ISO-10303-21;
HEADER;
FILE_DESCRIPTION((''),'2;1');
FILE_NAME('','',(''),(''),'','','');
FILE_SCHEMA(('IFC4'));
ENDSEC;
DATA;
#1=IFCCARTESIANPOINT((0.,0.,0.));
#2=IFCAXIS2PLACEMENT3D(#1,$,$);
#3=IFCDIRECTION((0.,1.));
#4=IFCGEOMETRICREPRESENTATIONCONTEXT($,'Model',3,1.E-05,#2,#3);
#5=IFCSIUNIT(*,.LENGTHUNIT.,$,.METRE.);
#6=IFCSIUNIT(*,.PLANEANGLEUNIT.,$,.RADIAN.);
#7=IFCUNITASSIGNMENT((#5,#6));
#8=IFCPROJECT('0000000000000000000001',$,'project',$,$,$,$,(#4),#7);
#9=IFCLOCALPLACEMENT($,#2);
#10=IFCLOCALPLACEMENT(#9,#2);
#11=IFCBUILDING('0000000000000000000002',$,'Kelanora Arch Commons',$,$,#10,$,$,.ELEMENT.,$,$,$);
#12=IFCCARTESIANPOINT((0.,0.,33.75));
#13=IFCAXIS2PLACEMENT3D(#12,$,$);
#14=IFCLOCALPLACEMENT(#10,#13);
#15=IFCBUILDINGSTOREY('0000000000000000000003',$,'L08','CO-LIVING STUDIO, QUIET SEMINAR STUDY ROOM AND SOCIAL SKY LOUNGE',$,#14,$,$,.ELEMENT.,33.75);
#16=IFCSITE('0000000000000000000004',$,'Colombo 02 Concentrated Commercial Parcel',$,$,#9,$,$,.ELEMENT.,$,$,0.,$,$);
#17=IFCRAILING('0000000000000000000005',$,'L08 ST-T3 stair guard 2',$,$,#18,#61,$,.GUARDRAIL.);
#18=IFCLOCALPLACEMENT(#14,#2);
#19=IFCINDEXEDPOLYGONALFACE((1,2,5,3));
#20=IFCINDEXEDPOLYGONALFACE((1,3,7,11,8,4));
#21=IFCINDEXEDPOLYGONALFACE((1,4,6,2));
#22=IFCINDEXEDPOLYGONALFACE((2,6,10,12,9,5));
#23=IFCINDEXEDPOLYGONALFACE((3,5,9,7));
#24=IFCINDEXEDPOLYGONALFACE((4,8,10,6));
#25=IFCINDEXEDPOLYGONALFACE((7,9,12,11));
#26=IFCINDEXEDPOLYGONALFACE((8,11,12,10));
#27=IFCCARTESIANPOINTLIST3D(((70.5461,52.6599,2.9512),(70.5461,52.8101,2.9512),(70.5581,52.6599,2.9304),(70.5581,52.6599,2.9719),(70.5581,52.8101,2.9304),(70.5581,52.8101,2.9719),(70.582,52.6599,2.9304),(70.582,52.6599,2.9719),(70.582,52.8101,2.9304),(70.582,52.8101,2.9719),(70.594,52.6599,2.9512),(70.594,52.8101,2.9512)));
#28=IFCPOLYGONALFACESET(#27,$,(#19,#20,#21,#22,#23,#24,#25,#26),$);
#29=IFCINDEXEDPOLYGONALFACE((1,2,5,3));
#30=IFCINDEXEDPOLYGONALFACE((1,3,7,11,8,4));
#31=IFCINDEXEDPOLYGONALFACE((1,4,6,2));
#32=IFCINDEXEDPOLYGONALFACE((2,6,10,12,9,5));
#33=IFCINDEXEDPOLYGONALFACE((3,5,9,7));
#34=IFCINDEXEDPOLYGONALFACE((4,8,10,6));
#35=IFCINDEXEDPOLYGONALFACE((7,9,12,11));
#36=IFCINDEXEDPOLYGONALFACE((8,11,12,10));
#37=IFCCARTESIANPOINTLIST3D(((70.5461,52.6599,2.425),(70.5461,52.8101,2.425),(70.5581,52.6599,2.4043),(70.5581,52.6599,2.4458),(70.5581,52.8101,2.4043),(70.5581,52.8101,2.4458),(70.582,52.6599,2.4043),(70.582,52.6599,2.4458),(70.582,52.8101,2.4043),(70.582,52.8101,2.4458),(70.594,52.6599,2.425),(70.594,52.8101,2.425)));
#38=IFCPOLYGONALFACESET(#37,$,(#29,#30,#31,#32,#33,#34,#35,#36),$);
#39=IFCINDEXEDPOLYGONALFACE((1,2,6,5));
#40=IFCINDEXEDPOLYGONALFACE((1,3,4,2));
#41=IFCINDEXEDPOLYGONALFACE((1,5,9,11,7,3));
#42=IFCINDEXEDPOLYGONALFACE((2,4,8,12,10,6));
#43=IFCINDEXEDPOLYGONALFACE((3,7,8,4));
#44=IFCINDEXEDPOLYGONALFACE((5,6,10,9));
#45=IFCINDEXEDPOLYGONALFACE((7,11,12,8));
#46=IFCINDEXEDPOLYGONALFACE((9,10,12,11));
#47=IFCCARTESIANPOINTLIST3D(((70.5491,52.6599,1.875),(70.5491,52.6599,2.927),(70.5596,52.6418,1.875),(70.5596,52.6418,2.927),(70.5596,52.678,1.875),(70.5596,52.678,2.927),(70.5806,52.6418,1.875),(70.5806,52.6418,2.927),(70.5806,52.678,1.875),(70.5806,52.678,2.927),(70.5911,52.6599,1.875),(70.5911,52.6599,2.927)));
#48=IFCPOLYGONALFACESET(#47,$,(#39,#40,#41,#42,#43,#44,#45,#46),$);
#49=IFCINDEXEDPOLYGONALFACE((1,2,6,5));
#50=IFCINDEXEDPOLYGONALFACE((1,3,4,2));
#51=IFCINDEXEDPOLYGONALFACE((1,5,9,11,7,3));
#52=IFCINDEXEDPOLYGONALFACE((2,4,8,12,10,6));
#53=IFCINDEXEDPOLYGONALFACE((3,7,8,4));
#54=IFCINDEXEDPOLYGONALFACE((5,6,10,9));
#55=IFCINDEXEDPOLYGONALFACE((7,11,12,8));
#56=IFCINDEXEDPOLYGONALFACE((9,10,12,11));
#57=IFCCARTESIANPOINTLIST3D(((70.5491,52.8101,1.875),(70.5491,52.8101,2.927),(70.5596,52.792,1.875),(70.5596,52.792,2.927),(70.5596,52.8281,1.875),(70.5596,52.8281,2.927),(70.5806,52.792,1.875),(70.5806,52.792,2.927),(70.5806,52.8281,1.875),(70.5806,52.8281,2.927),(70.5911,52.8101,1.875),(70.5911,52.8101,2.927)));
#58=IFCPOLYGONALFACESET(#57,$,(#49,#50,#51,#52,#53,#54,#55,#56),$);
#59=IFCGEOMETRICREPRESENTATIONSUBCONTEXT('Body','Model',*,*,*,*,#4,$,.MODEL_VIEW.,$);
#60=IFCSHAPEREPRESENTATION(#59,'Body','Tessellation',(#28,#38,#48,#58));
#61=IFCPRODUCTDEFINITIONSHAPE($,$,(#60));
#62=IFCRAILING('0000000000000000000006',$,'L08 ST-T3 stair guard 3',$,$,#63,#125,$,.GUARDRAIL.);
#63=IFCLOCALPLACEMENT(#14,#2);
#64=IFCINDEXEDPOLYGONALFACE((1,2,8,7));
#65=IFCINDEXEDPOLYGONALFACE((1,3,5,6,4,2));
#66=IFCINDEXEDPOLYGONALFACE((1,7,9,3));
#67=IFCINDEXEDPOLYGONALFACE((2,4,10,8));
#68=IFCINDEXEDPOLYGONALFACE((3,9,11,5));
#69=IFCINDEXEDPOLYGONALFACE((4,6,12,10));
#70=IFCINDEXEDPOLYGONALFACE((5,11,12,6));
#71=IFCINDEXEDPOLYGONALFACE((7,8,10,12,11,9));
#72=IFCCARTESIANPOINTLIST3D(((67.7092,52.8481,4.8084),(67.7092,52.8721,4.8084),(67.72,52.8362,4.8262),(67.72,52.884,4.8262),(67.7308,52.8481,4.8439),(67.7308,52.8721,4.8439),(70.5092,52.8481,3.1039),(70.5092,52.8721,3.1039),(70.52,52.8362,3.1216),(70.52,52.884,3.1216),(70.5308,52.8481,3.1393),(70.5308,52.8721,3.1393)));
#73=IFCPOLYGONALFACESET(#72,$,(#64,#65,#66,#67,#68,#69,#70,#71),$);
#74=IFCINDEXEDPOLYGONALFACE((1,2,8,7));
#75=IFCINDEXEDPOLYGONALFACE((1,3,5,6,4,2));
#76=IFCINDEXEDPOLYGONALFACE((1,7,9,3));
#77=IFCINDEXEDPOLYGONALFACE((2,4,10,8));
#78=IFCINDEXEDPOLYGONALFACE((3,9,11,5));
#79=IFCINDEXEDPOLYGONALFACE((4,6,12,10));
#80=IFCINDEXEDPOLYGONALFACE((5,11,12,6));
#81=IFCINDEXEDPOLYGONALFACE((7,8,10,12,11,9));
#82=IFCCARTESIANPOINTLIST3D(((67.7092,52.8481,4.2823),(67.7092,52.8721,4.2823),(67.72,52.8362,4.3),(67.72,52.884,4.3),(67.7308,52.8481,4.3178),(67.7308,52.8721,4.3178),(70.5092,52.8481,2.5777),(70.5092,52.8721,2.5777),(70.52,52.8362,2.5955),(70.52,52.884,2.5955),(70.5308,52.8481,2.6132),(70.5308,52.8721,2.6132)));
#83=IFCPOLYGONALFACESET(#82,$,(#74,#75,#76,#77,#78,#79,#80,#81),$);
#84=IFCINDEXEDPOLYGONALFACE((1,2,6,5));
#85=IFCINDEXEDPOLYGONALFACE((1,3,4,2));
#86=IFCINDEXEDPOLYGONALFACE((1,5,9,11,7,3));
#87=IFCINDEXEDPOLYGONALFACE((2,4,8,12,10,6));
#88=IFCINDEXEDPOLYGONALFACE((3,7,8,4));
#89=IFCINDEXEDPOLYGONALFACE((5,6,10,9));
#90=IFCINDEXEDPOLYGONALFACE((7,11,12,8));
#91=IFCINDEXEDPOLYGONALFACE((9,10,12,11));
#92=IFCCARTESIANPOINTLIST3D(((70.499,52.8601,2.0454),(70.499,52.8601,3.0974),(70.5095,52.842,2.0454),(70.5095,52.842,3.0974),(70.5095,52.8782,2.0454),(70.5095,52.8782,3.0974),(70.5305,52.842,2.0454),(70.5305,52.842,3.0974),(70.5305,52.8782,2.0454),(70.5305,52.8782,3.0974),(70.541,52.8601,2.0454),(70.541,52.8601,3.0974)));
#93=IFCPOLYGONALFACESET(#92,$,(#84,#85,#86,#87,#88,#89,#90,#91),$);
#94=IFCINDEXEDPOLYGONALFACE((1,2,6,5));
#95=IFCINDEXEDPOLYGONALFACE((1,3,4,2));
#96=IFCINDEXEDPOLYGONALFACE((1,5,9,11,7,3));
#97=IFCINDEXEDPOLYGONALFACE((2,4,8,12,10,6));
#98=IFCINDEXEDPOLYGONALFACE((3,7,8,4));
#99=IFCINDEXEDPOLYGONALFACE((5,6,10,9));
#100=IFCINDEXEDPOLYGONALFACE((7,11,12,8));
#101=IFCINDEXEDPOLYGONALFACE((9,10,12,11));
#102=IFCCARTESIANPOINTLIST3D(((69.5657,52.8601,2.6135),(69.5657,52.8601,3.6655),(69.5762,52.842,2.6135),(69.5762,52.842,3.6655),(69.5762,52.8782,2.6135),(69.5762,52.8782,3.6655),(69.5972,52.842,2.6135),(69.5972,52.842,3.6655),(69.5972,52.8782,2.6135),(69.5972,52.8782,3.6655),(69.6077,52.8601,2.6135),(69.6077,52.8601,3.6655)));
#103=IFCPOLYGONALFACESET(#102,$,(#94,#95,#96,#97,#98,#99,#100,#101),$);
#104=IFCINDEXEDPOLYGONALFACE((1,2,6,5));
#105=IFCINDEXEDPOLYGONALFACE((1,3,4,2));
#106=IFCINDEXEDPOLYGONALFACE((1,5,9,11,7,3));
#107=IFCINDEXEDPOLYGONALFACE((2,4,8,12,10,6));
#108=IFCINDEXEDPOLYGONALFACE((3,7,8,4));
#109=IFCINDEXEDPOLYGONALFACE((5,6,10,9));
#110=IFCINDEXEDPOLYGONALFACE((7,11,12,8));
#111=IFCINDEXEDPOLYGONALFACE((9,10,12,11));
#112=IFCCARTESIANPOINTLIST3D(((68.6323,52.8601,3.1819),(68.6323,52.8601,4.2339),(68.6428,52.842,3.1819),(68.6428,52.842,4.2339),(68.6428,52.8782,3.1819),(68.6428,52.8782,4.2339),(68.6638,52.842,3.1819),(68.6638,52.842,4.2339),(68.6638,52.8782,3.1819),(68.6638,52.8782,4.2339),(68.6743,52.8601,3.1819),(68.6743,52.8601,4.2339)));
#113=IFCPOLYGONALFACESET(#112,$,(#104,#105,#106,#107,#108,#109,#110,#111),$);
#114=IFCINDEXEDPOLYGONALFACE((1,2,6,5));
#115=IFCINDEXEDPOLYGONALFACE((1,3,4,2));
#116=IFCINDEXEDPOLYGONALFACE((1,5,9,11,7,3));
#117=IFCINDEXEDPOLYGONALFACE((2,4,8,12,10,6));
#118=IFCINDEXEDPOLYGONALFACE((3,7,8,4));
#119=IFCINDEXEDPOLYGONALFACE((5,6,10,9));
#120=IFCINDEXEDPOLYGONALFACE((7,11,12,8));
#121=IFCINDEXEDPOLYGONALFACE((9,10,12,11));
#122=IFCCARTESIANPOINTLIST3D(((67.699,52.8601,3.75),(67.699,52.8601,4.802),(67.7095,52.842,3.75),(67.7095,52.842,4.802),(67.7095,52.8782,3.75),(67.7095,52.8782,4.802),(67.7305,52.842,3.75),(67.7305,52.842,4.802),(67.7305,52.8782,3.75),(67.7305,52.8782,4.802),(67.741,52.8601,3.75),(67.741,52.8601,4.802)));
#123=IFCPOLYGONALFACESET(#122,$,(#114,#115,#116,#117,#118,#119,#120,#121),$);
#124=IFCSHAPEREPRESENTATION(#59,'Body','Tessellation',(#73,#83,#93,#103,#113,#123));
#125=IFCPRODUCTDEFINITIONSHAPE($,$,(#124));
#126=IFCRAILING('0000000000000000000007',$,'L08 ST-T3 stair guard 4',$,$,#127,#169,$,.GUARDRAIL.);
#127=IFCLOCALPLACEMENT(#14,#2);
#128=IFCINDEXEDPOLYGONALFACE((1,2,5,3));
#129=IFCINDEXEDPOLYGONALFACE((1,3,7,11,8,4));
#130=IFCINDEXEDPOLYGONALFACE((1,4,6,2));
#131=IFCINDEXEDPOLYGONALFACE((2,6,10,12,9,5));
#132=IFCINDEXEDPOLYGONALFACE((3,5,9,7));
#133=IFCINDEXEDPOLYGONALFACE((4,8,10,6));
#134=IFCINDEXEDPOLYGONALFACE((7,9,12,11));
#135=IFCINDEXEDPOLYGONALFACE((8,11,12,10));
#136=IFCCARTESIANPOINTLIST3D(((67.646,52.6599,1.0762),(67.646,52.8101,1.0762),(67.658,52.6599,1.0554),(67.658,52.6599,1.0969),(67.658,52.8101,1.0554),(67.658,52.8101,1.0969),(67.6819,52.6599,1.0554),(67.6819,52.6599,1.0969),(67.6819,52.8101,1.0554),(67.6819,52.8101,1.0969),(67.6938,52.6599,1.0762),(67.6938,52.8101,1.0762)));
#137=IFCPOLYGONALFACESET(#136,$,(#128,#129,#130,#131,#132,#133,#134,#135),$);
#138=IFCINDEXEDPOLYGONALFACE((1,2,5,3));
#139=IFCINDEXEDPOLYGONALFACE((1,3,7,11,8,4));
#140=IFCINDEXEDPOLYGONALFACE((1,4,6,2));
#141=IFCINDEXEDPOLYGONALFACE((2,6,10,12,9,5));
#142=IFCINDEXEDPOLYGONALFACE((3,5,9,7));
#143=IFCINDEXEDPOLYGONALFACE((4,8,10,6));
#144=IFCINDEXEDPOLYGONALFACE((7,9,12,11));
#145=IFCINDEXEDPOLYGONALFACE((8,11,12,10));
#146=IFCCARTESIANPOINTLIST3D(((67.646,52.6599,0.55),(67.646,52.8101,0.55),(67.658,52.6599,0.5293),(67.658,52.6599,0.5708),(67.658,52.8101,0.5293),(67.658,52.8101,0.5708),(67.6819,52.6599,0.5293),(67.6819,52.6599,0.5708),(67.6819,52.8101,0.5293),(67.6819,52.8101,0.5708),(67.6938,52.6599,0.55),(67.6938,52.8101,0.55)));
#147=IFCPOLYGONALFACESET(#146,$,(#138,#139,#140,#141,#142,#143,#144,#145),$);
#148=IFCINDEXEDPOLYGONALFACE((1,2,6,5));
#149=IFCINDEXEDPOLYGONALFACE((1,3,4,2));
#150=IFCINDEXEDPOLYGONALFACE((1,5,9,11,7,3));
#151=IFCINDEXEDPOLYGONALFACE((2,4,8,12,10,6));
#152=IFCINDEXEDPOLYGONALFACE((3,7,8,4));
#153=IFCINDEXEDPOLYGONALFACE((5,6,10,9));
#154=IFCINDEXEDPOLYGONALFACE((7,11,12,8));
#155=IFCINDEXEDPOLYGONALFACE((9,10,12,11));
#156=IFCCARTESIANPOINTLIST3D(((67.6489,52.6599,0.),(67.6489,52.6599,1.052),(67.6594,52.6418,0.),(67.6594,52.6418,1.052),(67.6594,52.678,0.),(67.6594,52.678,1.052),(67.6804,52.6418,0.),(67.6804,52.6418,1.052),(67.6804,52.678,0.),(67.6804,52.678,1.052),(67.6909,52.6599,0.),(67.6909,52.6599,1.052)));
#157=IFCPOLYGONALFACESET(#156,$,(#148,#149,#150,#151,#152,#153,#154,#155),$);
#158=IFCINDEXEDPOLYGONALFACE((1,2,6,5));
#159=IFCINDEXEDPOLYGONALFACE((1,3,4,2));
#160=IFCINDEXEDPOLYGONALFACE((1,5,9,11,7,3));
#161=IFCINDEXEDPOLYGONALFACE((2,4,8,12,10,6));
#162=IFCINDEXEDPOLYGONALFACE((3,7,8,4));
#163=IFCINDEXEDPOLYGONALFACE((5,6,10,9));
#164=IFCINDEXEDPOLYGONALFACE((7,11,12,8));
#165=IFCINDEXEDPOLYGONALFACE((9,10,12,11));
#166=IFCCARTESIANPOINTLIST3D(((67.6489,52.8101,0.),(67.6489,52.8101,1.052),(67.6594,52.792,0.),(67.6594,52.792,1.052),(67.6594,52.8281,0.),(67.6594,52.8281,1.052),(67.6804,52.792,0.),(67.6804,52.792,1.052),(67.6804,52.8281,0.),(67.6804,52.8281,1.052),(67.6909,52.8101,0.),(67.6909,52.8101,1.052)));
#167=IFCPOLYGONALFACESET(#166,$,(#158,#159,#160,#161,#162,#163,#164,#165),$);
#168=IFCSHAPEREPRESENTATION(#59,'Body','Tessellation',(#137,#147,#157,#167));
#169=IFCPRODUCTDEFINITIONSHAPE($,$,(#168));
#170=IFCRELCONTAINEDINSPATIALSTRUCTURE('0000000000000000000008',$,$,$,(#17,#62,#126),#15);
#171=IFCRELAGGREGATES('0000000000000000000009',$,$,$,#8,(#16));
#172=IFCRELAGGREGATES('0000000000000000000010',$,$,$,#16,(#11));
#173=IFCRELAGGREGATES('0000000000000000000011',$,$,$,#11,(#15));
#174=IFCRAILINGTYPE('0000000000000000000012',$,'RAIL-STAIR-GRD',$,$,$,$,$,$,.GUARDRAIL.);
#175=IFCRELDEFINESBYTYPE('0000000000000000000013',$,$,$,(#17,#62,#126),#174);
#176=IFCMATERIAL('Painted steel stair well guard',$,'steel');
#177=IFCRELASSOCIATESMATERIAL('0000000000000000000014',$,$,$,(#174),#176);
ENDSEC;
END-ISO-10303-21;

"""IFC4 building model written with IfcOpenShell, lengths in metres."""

from ifc_helpers import new_model, si_unit, direction, frame, origin, place, context, subcontext, project, spatial, polyline, outline, extrude, material, type_object, element, save


model = new_model("IFC4")

# Units and contexts
model_context = context("Model", 3, precision=1e-05, world=origin(), true_north=direction((0.0, 1.0)))
body_context = subcontext(model_context, "Body", "Model", "MODEL_VIEW")
ifc_project = project(units=[si_unit("LENGTHUNIT", "METRE"), si_unit("PLANEANGLEUNIT", "RADIAN")], contexts=[model_context])

# Site, building, storey
site_placement = place(None, origin())
site = spatial("IfcSite", under=ifc_project, at=site_placement, Name="Colombo 02 Concentrated Commercial Parcel", CompositionType="ELEMENT", RefElevation=0.0)
building_placement = place(site_placement, origin())
building = spatial("IfcBuilding", under=site, at=building_placement, Name="Kelanora Arch Commons", CompositionType="ELEMENT")
storey_placement = place(building_placement, frame((0.0, 0.0, 33.75)))
storey = spatial("IfcBuildingStorey", under=building, at=storey_placement, Name="L08", Description="CO-LIVING STUDIO, QUIET SEMINAR STUDY ROOM AND SOCIAL SKY LOUNGE", CompositionType="ELEMENT", Elevation=33.75)

# Railings
ifc_material_1 = material(Name="Painted steel stair well guard", Category="steel")
railing_type_1 = type_object("IfcRailingType", Name="RAIL-STAIR-GRD", PredefinedType="GUARDRAIL", material=ifc_material_1)
railing_1_placement = place(storey_placement, frame((70.5701, 52.6599, 1.875)))
element("IfcRailing", 1, at=railing_1_placement, inside=storey, type_object=railing_type_1, Name="L08 ST-T3 stair guard 2", PredefinedType="GUARDRAIL", context=body_context, shape_type="SweptSolid", body=[
    extrude(outline(polyline([(0.0239, 0.0), (0.012, 0.0208), (-0.012, 0.0208), (-0.0239, 0.0), (-0.012, -0.0208), (0.012, -0.0208), (0.0239, 0.0)])), frame((0.0, 0.0, 1.0762), z_axis=(0.0, 1.0, 0.0), x_axis=(-1.0, 0.0, 0.0)), (0.0, 0.0, 1.0), 0.1501),
    extrude(outline(polyline([(0.0239, 0.0), (0.012, 0.0208), (-0.012, 0.0208), (-0.0239, 0.0), (-0.012, -0.0208), (0.012, -0.0208), (0.0239, 0.0)])), frame((0.0, 0.0, 0.55), z_axis=(0.0, 1.0, 0.0), x_axis=(-1.0, 0.0, 0.0)), (0.0, 0.0, 1.0), 0.1501),
    extrude(outline(polyline([(0.021, 0.0), (0.0105, 0.0181), (-0.0105, 0.0181), (-0.021, 0.0), (-0.0105, -0.0181), (0.0105, -0.0181), (0.021, 0.0)])), origin(), (0.0, 0.0, 1.0), 1.052),
    extrude(outline(polyline([(0.021, 0.0), (0.0105, 0.0181), (-0.0105, 0.0181), (-0.021, 0.0), (-0.0105, -0.0181), (0.0105, -0.0181), (0.021, 0.0)])), frame((0.0, 0.1501, 0.0)), (0.0, 0.0, 1.0), 1.052),
])
railing_2_placement = place(storey_placement, frame((70.52, 52.8601, 2.0454)))
element("IfcRailing", 2, at=railing_2_placement, inside=storey, type_object=railing_type_1, Name="L08 ST-T3 stair guard 3", PredefinedType="GUARDRAIL", context=body_context, shape_type="SweptSolid", body=[
    extrude(outline(polyline([(0.0239, 0.0), (0.012, 0.0208), (-0.012, 0.0208), (-0.0239, 0.0), (-0.012, -0.0208), (0.012, -0.0208), (0.0239, 0.0)])), frame((0.0, 0.0, 1.0762), z_axis=(-0.85417, 0.0, 0.519994), x_axis=(0.0, -1.0, 0.0)), (0.0, 0.0, 1.0), 3.2781),
    extrude(outline(polyline([(0.0239, 0.0), (0.012, 0.0208), (-0.012, 0.0208), (-0.0239, 0.0), (-0.012, -0.0208), (0.012, -0.0208), (0.0239, 0.0)])), frame((0.0, 0.0, 0.55), z_axis=(-0.85417, 0.0, 0.519994), x_axis=(0.0, -1.0, 0.0)), (0.0, 0.0, 1.0), 3.2781),
    extrude(outline(polyline([(0.021, 0.0), (0.0105, 0.0181), (-0.0105, 0.0181), (-0.021, 0.0), (-0.0105, -0.0181), (0.0105, -0.0181), (0.021, 0.0)])), origin(), (0.0, 0.0, 1.0), 1.052),
    extrude(outline(polyline([(0.021, 0.0), (0.0105, 0.0181), (-0.0105, 0.0181), (-0.021, 0.0), (-0.0105, -0.0181), (0.0105, -0.0181), (0.021, 0.0)])), frame((-0.9333, 0.0, 0.5681)), (0.0, 0.0, 1.0), 1.052),
    extrude(outline(polyline([(0.021, 0.0), (0.0105, 0.0181), (-0.0105, 0.0181), (-0.021, 0.0), (-0.0105, -0.0181), (0.0105, -0.0181), (0.021, 0.0)])), frame((-1.8667, 0.0, 1.1365)), (0.0, 0.0, 1.0), 1.052),
    extrude(outline(polyline([(0.021, 0.0), (0.0105, 0.0181), (-0.0105, 0.0181), (-0.021, 0.0), (-0.0105, -0.0181), (0.0105, -0.0181), (0.021, 0.0)])), frame((-2.8, 0.0, 1.7046)), (0.0, 0.0, 1.0), 1.052),
])
railing_3_placement = place(storey_placement, frame((67.6699, 52.6599, 0.0)))
element("IfcRailing", 3, at=railing_3_placement, inside=storey, type_object=railing_type_1, Name="L08 ST-T3 stair guard 4", PredefinedType="GUARDRAIL", context=body_context, shape_type="SweptSolid", body=[
    extrude(outline(polyline([(0.0239, 0.0), (0.012, 0.0208), (-0.012, 0.0208), (-0.0239, 0.0), (-0.012, -0.0208), (0.012, -0.0208), (0.0239, 0.0)])), frame((0.0, 0.0, 1.0762), z_axis=(0.0, 1.0, 0.0), x_axis=(-1.0, 0.0, 0.0)), (0.0, 0.0, 1.0), 0.1501),
    extrude(outline(polyline([(0.0239, 0.0), (0.012, 0.0208), (-0.012, 0.0208), (-0.0239, 0.0), (-0.012, -0.0208), (0.012, -0.0208), (0.0239, 0.0)])), frame((0.0, 0.0, 0.55), z_axis=(0.0, 1.0, 0.0), x_axis=(-1.0, 0.0, 0.0)), (0.0, 0.0, 1.0), 0.1501),
    extrude(outline(polyline([(0.021, 0.0), (0.0105, 0.0181), (-0.0105, 0.0181), (-0.021, 0.0), (-0.0105, -0.0181), (0.0105, -0.0181), (0.021, 0.0)])), origin(), (0.0, 0.0, 1.0), 1.052),
    extrude(outline(polyline([(0.021, 0.0), (0.0105, 0.0181), (-0.0105, 0.0181), (-0.021, 0.0), (-0.0105, -0.0181), (0.0105, -0.0181), (0.021, 0.0)])), frame((0.0, 0.1501, 0.0)), (0.0, 0.0, 1.0), 1.052),
])

save(model, "model.ifc")
